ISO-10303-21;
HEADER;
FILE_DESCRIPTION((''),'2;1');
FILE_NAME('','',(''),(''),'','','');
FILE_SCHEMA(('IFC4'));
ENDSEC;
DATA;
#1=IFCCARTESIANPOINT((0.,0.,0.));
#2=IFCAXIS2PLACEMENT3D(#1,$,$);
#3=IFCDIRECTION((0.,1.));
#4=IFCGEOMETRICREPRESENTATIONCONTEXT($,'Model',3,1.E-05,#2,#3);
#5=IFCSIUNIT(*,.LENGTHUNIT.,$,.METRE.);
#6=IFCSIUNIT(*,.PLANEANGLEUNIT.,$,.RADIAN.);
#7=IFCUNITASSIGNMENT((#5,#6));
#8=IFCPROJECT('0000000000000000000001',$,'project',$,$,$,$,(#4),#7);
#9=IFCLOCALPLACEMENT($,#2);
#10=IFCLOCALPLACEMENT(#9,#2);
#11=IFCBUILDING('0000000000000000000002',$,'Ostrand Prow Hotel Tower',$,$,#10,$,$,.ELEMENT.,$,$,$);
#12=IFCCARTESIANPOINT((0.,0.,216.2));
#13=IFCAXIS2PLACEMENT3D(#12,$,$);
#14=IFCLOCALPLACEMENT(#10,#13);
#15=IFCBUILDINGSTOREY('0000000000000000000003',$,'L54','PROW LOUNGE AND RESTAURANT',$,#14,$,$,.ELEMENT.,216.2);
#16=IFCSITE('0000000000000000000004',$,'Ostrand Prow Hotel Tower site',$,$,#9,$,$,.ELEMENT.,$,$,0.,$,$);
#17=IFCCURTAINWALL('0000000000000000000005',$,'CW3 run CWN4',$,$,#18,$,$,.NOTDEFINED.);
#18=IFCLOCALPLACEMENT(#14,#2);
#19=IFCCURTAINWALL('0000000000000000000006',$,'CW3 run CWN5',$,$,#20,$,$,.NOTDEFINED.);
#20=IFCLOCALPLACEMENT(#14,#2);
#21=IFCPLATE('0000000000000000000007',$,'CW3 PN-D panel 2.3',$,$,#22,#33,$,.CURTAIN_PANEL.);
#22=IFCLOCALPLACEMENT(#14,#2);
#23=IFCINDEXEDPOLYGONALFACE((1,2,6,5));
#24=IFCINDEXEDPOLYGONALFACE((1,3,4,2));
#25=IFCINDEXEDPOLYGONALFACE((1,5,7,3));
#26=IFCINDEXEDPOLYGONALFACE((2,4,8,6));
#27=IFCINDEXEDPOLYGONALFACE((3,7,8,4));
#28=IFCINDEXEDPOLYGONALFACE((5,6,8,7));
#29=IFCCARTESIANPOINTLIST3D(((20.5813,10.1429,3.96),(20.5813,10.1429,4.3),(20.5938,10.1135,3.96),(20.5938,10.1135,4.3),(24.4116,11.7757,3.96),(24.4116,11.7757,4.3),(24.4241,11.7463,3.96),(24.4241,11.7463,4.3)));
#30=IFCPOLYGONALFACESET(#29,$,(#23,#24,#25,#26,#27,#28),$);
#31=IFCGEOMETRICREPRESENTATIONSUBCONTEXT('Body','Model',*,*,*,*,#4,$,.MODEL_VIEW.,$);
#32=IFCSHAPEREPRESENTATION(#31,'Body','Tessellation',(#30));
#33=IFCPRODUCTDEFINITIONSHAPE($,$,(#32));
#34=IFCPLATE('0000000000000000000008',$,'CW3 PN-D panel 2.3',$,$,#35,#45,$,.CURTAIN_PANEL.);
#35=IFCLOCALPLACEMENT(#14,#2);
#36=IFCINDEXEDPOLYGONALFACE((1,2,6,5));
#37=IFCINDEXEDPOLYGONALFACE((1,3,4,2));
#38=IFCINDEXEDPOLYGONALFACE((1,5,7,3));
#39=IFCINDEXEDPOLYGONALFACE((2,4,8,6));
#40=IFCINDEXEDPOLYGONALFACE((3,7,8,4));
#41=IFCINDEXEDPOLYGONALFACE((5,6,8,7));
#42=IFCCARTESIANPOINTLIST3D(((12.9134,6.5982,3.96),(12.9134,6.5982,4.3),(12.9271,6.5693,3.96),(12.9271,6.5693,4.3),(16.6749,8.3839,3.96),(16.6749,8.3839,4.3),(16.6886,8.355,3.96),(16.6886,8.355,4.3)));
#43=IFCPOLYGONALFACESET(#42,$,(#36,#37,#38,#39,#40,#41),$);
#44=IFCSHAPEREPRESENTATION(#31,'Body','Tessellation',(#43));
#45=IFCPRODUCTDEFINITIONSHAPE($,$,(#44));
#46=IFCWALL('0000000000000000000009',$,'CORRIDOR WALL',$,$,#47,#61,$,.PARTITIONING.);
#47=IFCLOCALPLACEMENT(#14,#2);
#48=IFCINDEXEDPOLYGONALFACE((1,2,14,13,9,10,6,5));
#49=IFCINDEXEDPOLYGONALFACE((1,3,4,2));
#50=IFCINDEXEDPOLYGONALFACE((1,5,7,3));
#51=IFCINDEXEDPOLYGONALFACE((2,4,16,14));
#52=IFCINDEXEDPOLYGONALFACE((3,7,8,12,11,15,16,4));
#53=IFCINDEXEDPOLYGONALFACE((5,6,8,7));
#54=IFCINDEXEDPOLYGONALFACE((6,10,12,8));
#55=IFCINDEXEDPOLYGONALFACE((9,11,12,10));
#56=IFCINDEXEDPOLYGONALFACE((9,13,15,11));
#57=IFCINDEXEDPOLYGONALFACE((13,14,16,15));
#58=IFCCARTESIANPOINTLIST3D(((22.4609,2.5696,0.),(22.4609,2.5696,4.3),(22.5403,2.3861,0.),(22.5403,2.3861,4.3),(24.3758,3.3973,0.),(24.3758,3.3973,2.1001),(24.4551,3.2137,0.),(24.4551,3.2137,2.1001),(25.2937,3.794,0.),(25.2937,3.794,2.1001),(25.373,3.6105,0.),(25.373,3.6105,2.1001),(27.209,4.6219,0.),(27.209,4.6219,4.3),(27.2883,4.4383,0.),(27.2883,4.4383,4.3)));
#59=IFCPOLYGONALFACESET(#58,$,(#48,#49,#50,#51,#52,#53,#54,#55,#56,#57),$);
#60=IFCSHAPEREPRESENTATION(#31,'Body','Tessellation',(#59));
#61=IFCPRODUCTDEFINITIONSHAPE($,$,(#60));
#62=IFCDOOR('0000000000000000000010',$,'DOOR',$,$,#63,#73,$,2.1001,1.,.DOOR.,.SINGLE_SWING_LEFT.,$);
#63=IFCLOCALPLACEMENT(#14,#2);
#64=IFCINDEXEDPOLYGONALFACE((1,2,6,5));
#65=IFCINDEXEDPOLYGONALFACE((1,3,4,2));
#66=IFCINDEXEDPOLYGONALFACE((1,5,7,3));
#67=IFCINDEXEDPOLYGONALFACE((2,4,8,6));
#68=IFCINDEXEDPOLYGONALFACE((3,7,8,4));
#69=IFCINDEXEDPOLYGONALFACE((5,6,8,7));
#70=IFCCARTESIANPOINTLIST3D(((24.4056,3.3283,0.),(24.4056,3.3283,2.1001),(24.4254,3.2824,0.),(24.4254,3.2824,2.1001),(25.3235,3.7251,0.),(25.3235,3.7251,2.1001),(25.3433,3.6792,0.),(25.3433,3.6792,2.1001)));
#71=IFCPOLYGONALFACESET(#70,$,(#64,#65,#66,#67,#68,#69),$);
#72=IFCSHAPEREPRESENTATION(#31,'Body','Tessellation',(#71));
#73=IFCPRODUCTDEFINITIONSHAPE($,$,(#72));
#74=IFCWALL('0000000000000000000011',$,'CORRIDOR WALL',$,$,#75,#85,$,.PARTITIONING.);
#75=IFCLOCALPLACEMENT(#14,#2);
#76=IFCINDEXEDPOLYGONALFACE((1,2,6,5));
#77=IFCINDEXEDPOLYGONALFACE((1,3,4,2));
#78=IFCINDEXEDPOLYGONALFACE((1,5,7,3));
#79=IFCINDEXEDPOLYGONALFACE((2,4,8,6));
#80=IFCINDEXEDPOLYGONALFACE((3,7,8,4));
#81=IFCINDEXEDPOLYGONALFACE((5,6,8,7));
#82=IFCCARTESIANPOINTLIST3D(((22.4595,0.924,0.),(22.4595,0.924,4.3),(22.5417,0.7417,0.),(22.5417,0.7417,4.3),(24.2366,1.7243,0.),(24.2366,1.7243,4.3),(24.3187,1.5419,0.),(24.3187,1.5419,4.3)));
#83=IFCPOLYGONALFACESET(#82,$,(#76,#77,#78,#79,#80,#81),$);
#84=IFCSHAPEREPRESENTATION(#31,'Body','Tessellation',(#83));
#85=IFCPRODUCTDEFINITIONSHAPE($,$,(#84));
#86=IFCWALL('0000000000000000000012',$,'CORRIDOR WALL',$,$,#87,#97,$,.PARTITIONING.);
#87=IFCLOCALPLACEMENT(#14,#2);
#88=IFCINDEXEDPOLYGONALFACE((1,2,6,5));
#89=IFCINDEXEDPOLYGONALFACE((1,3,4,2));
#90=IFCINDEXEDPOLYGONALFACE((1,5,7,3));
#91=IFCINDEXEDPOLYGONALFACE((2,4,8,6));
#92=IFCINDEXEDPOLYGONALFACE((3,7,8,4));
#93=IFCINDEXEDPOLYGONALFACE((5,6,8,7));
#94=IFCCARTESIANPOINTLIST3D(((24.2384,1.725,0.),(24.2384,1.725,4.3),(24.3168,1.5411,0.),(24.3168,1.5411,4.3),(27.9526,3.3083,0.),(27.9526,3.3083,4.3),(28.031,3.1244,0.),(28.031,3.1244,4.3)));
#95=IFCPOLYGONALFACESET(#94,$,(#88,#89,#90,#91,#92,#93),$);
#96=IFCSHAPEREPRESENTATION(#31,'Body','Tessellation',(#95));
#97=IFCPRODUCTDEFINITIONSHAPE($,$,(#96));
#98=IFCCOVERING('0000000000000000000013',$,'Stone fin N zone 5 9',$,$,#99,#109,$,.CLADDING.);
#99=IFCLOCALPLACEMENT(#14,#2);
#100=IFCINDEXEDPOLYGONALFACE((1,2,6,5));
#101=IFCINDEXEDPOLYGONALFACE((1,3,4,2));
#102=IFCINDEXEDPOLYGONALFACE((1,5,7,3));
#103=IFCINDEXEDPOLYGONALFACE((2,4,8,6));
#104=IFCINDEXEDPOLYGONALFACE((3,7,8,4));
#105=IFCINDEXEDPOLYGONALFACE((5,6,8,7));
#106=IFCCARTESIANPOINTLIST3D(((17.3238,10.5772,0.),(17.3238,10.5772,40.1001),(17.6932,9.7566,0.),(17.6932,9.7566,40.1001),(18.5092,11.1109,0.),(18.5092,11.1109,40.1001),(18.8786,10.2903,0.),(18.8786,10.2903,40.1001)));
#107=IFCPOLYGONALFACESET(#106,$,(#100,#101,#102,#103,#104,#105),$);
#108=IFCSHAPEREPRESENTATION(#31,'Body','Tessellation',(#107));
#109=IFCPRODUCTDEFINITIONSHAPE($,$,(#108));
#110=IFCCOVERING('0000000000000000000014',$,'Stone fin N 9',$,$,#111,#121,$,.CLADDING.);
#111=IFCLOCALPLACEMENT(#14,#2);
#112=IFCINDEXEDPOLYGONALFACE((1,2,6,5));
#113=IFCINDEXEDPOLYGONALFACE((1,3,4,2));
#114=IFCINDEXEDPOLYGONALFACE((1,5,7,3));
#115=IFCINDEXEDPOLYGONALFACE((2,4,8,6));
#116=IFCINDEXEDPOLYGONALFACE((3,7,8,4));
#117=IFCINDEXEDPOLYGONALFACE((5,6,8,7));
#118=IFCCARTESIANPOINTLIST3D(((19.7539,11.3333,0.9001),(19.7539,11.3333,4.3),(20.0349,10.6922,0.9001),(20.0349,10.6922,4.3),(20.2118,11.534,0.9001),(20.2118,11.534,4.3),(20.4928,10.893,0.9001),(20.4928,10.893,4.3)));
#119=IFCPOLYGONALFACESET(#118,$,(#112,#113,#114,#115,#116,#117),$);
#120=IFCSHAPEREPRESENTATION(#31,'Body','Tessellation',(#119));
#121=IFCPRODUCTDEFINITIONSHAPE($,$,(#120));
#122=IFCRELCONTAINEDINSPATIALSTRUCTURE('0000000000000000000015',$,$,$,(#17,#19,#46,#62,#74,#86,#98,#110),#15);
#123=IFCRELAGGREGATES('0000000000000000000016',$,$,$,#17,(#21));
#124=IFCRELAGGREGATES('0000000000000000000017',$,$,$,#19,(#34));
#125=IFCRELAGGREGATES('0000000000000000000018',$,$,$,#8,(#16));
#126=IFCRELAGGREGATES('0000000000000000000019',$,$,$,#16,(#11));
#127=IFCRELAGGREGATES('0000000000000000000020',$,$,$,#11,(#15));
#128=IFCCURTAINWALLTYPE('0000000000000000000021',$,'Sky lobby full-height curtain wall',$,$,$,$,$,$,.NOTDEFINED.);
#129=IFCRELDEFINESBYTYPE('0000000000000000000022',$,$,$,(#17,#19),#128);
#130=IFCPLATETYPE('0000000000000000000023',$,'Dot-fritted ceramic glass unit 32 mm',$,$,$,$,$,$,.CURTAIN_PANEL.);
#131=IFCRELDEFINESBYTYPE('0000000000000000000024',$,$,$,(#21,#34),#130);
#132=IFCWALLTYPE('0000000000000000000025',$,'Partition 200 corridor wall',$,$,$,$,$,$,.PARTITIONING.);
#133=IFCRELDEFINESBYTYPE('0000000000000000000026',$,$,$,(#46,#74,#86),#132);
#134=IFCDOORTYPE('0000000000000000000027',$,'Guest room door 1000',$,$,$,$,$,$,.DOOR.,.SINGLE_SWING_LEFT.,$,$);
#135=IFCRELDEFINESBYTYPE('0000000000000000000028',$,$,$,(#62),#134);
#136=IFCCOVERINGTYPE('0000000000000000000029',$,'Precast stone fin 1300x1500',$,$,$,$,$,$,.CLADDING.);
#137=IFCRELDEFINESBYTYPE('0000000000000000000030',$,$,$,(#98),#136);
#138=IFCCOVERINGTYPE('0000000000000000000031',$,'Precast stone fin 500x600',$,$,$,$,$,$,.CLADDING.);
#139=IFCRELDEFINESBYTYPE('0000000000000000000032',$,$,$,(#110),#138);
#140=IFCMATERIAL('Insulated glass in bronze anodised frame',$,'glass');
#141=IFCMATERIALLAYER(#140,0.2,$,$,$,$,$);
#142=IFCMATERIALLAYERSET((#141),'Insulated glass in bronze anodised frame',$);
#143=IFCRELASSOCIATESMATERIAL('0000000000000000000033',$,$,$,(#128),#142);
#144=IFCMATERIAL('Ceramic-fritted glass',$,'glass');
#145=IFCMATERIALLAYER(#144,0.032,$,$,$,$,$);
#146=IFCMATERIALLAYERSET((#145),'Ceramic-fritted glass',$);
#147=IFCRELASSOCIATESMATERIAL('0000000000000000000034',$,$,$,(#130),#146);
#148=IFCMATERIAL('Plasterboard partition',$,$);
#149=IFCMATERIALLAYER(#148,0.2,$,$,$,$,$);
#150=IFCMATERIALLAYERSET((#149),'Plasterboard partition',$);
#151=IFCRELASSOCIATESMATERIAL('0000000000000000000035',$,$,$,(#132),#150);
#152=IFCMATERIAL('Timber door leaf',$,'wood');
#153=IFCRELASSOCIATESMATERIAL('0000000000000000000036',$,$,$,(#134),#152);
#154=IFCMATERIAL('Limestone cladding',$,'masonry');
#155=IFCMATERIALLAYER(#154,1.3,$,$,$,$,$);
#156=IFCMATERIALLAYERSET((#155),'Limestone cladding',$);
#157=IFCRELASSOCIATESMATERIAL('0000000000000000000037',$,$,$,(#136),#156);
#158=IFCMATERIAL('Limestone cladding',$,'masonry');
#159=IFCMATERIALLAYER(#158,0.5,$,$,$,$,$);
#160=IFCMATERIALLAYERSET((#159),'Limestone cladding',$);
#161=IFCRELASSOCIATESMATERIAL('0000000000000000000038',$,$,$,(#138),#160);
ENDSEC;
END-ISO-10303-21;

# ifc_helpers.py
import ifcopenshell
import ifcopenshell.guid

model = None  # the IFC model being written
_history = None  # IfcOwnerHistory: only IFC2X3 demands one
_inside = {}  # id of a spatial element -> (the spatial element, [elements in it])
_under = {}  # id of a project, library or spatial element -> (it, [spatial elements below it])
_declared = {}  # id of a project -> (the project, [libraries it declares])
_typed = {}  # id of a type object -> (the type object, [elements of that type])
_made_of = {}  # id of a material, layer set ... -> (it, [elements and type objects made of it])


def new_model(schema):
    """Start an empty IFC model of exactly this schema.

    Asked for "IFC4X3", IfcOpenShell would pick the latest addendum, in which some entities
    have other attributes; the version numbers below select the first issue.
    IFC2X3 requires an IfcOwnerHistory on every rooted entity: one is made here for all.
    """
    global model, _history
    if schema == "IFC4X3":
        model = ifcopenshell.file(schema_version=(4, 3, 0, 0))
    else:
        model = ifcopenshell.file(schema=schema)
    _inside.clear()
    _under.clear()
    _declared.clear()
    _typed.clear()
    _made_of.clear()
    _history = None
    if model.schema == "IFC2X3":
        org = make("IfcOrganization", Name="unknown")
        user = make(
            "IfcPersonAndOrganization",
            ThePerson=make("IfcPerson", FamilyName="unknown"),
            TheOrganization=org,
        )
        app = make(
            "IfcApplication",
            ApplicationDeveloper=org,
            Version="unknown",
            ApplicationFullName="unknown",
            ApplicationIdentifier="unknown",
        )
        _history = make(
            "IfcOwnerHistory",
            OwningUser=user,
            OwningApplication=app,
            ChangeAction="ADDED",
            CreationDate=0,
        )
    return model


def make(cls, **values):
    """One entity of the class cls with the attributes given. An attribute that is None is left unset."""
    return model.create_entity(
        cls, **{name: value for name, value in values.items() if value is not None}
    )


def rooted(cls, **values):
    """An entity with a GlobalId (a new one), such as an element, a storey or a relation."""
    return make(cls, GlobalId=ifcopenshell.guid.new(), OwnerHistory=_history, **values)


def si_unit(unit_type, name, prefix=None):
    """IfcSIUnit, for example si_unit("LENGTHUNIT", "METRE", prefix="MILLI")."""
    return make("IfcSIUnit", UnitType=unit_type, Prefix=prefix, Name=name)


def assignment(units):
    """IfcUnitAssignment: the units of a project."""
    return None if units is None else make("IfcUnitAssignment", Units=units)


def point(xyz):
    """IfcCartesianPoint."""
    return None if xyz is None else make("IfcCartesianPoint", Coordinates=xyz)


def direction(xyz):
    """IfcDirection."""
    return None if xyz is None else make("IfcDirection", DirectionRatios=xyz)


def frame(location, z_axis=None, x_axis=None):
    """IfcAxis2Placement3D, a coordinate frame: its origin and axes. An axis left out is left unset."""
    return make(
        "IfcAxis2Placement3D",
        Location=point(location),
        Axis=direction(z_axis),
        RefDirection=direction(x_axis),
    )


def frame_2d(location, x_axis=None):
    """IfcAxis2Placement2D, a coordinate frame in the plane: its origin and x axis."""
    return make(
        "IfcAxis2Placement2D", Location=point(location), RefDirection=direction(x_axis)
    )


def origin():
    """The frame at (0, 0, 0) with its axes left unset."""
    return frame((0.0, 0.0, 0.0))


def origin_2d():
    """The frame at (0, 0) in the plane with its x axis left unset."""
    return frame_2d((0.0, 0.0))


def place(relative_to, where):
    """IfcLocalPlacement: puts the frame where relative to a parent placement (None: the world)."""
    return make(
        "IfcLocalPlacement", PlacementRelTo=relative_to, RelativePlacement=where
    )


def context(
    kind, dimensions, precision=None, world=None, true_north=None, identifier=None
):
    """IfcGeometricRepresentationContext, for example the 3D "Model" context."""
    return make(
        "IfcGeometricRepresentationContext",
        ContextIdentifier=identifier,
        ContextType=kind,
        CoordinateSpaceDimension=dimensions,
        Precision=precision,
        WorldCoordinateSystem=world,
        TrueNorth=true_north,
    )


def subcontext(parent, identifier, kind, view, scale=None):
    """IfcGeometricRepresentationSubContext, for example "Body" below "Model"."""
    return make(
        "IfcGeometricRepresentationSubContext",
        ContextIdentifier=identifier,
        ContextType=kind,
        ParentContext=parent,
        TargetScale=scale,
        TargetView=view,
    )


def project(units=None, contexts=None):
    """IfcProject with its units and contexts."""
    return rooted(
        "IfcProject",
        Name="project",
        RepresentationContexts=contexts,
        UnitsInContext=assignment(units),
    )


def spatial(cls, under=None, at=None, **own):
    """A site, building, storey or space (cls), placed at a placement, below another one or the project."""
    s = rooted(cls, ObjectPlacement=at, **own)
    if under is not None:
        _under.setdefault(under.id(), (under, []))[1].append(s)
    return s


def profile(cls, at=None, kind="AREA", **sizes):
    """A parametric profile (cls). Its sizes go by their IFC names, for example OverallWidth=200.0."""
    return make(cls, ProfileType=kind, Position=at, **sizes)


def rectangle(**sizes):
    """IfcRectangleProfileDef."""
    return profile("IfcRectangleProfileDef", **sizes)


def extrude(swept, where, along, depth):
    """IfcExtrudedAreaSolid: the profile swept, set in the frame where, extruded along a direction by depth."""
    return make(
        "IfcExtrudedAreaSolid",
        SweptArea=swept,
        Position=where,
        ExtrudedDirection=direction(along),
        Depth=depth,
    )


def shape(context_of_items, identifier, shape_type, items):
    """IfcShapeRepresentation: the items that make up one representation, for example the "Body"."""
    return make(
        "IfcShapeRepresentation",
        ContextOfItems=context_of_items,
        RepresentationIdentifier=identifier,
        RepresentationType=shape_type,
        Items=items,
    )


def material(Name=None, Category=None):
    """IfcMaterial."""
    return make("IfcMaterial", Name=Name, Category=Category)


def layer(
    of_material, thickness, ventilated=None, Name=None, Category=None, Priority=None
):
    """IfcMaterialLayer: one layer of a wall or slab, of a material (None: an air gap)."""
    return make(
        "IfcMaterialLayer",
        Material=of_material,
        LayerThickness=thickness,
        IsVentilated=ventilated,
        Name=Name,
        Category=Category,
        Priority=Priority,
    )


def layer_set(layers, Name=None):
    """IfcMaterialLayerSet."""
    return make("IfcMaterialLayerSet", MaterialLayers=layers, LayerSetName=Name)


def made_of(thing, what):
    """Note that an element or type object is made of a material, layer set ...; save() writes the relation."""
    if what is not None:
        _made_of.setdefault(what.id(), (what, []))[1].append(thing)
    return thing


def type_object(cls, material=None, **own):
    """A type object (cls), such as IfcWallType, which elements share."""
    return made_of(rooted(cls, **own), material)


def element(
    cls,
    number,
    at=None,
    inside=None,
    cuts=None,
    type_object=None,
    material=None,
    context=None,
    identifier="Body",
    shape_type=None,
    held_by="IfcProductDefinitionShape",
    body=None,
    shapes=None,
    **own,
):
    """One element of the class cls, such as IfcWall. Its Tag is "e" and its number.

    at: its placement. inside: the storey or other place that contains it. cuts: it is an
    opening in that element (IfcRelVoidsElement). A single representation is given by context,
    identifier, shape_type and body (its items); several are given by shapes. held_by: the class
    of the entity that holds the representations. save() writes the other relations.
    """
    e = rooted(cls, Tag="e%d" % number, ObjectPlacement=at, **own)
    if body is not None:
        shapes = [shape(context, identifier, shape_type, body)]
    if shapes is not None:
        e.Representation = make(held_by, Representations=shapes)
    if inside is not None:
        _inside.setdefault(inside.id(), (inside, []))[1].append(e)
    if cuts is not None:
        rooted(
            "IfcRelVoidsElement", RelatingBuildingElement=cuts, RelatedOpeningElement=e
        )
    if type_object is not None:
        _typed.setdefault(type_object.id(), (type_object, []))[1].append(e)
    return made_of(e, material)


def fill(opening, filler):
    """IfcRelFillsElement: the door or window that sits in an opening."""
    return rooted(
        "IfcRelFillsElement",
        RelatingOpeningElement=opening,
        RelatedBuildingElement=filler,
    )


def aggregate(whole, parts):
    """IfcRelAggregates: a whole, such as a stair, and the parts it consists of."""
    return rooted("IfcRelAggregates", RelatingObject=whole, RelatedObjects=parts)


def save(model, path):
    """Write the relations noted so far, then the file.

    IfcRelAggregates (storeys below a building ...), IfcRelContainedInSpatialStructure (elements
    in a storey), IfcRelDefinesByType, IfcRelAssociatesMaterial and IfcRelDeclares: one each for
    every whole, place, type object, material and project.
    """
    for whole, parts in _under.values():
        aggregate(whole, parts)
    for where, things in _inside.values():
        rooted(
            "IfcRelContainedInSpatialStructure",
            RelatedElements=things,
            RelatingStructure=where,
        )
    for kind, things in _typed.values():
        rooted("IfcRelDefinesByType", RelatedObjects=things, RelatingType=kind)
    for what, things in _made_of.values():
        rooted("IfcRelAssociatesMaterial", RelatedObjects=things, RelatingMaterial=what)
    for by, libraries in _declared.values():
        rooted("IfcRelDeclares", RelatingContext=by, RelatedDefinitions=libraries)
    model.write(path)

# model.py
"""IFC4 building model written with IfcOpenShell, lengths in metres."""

from ifc_helpers import new_model, si_unit, direction, frame, frame_2d, origin, origin_2d, place, context, subcontext, project, spatial, rectangle, extrude, material, layer, layer_set, type_object, element, fill, aggregate, save


model = new_model("IFC4")

# Units and contexts
model_context = context("Model", 3, precision=1e-05, world=origin(), true_north=direction((0.0, 1.0)))
body_context = subcontext(model_context, "Body", "Model", "MODEL_VIEW")
ifc_project = project(units=[si_unit("LENGTHUNIT", "METRE"), si_unit("PLANEANGLEUNIT", "RADIAN")], contexts=[model_context])

# Site, building, storey
site_placement = place(None, origin())
site = spatial("IfcSite", under=ifc_project, at=site_placement, Name="Ostrand Prow Hotel Tower site", CompositionType="ELEMENT", RefElevation=0.0)
building_placement = place(site_placement, origin())
building = spatial("IfcBuilding", under=site, at=building_placement, Name="Ostrand Prow Hotel Tower", CompositionType="ELEMENT")
storey_placement = place(building_placement, frame((0.0, 0.0, 216.2)))
storey = spatial("IfcBuildingStorey", under=building, at=storey_placement, Name="L54", Description="PROW LOUNGE AND RESTAURANT", CompositionType="ELEMENT", Elevation=216.2)

# Curtain wall
ifc_material_1 = material(Name="Insulated glass in bronze anodised frame", Category="glass")
ifc_layer_1 = layer(ifc_material_1, 0.2)
ifc_layer_set_1 = layer_set([ifc_layer_1], Name="Insulated glass in bronze anodised frame")
curtain_wall_type = type_object("IfcCurtainWallType", Name="Sky lobby full-height curtain wall", PredefinedType="NOTDEFINED", material=ifc_layer_set_1)
curtain_wall_1_placement = place(storey_placement, origin())
curtain_wall_1 = element("IfcCurtainWall", 1, at=curtain_wall_1_placement, inside=storey, type_object=curtain_wall_type, Name="CW3 run CWN4", PredefinedType="NOTDEFINED")

# Curtain wall
curtain_wall_2_placement = place(storey_placement, origin())
curtain_wall_2 = element("IfcCurtainWall", 2, at=curtain_wall_2_placement, inside=storey, type_object=curtain_wall_type, Name="CW3 run CWN5", PredefinedType="NOTDEFINED")

# Plates
ifc_material_2 = material(Name="Ceramic-fritted glass", Category="glass")
ifc_layer_2 = layer(ifc_material_2, 0.032)
ifc_layer_set_2 = layer_set([ifc_layer_2], Name="Ceramic-fritted glass")
plate_type_1 = type_object("IfcPlateType", Name="Dot-fritted ceramic glass unit 32 mm", PredefinedType="CURTAIN_PANEL", material=ifc_layer_set_2)
plate_1_placement = place(storey_placement, frame((22.5027, 10.9446, 3.96), z_axis=(0.0, 0.0, 1.0), x_axis=(-0.919907, -0.392136, 0.0)))
plate_1 = element("IfcPlate", 3, at=plate_1_placement, type_object=plate_type_1, Name="CW3 PN-D panel 2.3", PredefinedType="CURTAIN_PANEL", context=body_context, shape_type="SweptSolid", body=[
    extrude(rectangle(XDim=4.1638, YDim=0.032, at=origin_2d()), origin(), (0.0, 0.0, 1.0), 0.3401),
])
aggregate(curtain_wall_1, [plate_1])
plate_2_placement = place(storey_placement, frame((14.801, 7.4766, 3.96), z_axis=(0.0, 0.0, 1.0), x_axis=(-0.90337, -0.428861, 0.0)))
plate_2 = element("IfcPlate", 4, at=plate_2_placement, type_object=plate_type_1, Name="CW3 PN-D panel 2.3", PredefinedType="CURTAIN_PANEL", context=body_context, shape_type="SweptSolid", body=[
    extrude(rectangle(XDim=4.1638, YDim=0.032, at=origin_2d()), origin(), (0.0, 0.0, 1.0), 0.3401),
])
aggregate(curtain_wall_2, [plate_2])

# Wall, opening, door
ifc_material_3 = material(Name="Plasterboard partition")
ifc_layer_3 = layer(ifc_material_3, 0.2)
ifc_layer_set_3 = layer_set([ifc_layer_3], Name="Plasterboard partition")
wall_type = type_object("IfcWallType", Name="Partition 200 corridor wall", PredefinedType="PARTITIONING", material=ifc_layer_set_3)
wall_1_placement = place(storey_placement, frame((22.5005, 2.4778, 0.0), z_axis=(0.0, 0.0, 1.0), x_axis=(0.917925, 0.396754, 0.0)))
wall_1 = element("IfcWall", 5, at=wall_1_placement, inside=storey, type_object=wall_type, Name="CORRIDOR WALL", PredefinedType="PARTITIONING", context=body_context, shape_type="SweptSolid", body=[
    extrude(rectangle(XDim=5.1726, YDim=0.2, at=frame_2d((2.5864, 0.0))), origin(), (0.0, 0.0, 1.0), 4.3),
])
opening_placement = place(wall_1_placement, frame((2.0862, 0.0, 0.0)))
opening = element("IfcOpeningElement", 6, at=opening_placement, cuts=wall_1, PredefinedType="OPENING", context=body_context, shape_type="SweptSolid", body=[
    extrude(rectangle(XDim=1.0, YDim=2.1001, at=frame_2d((0.5, 1.05))), frame((0.0, 0.1099, 0.0), z_axis=(0.0, -1.0, 0.0), x_axis=(1.0, 0.0, 0.0)), (0.0, 0.0, 1.0), 0.22),
])
ifc_material_4 = material(Name="Timber door leaf", Category="wood")
door_type = type_object("IfcDoorType", Name="Guest room door 1000", OperationType="SINGLE_SWING_LEFT", PredefinedType="DOOR", material=ifc_material_4)
door_placement = place(opening_placement, origin())
door = element("IfcDoor", 7, at=door_placement, inside=storey, type_object=door_type, Name="DOOR", OperationType="SINGLE_SWING_LEFT", OverallHeight=2.1001, OverallWidth=1.0, PredefinedType="DOOR", context=body_context, shape_type="SweptSolid", body=[
    extrude(rectangle(XDim=1.0, YDim=2.1001, at=frame_2d((0.5, 1.05))), frame((0.0, 0.0249, 0.0), z_axis=(0.0, -1.0, 0.0), x_axis=(1.0, 0.0, 0.0)), (0.0, 0.0, 1.0), 0.05),
])
fill(opening, door)

# Walls
wall_2_placement = place(storey_placement, frame((22.5005, 0.8328, 0.0), z_axis=(0.0, 0.0, 1.0), x_axis=(0.911807, 0.41062, 0.0)))
element("IfcWall", 8, at=wall_2_placement, inside=storey, type_object=wall_type, Name="CORRIDOR WALL", PredefinedType="PARTITIONING", context=body_context, shape_type="SweptSolid", body=[
    extrude(rectangle(XDim=1.949, YDim=0.2, at=frame_2d((0.9746, 0.0))), origin(), (0.0, 0.0, 1.0), 4.3),
])
wall_3_placement = place(storey_placement, frame((24.2776, 1.6331, 0.0), z_axis=(0.0, 0.0, 1.0), x_axis=(0.919906, 0.392138, 0.0)))
element("IfcWall", 9, at=wall_3_placement, inside=storey, type_object=wall_type, Name="CORRIDOR WALL", PredefinedType="PARTITIONING", context=body_context, shape_type="SweptSolid", body=[
    extrude(rectangle(XDim=4.0376, YDim=0.2, at=frame_2d((2.0188, 0.0))), origin(), (0.0, 0.0, 1.0), 4.3),
])

# Coverings
ifc_material_5 = material(Name="Limestone cladding", Category="masonry")
ifc_layer_4 = layer(ifc_material_5, 1.3)
ifc_layer_set_4 = layer_set([ifc_layer_4], Name="Limestone cladding")
covering_type_1 = type_object("IfcCoveringType", Name="Precast stone fin 1300x1500", PredefinedType="CLADDING", material=ifc_layer_set_4)
covering_1_placement = place(storey_placement, frame((18.2859, 10.0234, 0.0), z_axis=(0.0, 0.0, 1.0), x_axis=(-0.410489, 0.911866, 0.0)))
element("IfcCovering", 10, at=covering_1_placement, inside=storey, type_object=covering_type_1, Name="Stone fin N zone 5 9", PredefinedType="CLADDING", context=body_context, shape_type="SweptSolid", body=[
    extrude(rectangle(XDim=0.8999, YDim=1.3, at=frame_2d((0.45, 0.0))), origin(), (0.0, 0.0, 1.0), 40.1001),
])
ifc_material_6 = material(Name="Limestone cladding", Category="masonry")
ifc_layer_5 = layer(ifc_material_6, 0.5)
ifc_layer_set_5 = layer_set([ifc_layer_5], Name="Limestone cladding")
covering_type_2 = type_object("IfcCoveringType", Name="Precast stone fin 500x600", PredefinedType="CLADDING", material=ifc_layer_set_5)
covering_2_placement = place(storey_placement, frame((20.2639, 10.7925, 0.9001), z_axis=(0.0, 0.0, 1.0), x_axis=(-0.401441, 0.915885, 0.0)))
element("IfcCovering", 11, at=covering_2_placement, inside=storey, type_object=covering_type_2, Name="Stone fin N 9", PredefinedType="CLADDING", context=body_context, shape_type="SweptSolid", body=[
    extrude(rectangle(XDim=0.7, YDim=0.5, at=frame_2d((0.3501, 0.0))), origin(), (0.0, 0.0, 1.0), 3.3999),
])

save(model, "model.ifc")
